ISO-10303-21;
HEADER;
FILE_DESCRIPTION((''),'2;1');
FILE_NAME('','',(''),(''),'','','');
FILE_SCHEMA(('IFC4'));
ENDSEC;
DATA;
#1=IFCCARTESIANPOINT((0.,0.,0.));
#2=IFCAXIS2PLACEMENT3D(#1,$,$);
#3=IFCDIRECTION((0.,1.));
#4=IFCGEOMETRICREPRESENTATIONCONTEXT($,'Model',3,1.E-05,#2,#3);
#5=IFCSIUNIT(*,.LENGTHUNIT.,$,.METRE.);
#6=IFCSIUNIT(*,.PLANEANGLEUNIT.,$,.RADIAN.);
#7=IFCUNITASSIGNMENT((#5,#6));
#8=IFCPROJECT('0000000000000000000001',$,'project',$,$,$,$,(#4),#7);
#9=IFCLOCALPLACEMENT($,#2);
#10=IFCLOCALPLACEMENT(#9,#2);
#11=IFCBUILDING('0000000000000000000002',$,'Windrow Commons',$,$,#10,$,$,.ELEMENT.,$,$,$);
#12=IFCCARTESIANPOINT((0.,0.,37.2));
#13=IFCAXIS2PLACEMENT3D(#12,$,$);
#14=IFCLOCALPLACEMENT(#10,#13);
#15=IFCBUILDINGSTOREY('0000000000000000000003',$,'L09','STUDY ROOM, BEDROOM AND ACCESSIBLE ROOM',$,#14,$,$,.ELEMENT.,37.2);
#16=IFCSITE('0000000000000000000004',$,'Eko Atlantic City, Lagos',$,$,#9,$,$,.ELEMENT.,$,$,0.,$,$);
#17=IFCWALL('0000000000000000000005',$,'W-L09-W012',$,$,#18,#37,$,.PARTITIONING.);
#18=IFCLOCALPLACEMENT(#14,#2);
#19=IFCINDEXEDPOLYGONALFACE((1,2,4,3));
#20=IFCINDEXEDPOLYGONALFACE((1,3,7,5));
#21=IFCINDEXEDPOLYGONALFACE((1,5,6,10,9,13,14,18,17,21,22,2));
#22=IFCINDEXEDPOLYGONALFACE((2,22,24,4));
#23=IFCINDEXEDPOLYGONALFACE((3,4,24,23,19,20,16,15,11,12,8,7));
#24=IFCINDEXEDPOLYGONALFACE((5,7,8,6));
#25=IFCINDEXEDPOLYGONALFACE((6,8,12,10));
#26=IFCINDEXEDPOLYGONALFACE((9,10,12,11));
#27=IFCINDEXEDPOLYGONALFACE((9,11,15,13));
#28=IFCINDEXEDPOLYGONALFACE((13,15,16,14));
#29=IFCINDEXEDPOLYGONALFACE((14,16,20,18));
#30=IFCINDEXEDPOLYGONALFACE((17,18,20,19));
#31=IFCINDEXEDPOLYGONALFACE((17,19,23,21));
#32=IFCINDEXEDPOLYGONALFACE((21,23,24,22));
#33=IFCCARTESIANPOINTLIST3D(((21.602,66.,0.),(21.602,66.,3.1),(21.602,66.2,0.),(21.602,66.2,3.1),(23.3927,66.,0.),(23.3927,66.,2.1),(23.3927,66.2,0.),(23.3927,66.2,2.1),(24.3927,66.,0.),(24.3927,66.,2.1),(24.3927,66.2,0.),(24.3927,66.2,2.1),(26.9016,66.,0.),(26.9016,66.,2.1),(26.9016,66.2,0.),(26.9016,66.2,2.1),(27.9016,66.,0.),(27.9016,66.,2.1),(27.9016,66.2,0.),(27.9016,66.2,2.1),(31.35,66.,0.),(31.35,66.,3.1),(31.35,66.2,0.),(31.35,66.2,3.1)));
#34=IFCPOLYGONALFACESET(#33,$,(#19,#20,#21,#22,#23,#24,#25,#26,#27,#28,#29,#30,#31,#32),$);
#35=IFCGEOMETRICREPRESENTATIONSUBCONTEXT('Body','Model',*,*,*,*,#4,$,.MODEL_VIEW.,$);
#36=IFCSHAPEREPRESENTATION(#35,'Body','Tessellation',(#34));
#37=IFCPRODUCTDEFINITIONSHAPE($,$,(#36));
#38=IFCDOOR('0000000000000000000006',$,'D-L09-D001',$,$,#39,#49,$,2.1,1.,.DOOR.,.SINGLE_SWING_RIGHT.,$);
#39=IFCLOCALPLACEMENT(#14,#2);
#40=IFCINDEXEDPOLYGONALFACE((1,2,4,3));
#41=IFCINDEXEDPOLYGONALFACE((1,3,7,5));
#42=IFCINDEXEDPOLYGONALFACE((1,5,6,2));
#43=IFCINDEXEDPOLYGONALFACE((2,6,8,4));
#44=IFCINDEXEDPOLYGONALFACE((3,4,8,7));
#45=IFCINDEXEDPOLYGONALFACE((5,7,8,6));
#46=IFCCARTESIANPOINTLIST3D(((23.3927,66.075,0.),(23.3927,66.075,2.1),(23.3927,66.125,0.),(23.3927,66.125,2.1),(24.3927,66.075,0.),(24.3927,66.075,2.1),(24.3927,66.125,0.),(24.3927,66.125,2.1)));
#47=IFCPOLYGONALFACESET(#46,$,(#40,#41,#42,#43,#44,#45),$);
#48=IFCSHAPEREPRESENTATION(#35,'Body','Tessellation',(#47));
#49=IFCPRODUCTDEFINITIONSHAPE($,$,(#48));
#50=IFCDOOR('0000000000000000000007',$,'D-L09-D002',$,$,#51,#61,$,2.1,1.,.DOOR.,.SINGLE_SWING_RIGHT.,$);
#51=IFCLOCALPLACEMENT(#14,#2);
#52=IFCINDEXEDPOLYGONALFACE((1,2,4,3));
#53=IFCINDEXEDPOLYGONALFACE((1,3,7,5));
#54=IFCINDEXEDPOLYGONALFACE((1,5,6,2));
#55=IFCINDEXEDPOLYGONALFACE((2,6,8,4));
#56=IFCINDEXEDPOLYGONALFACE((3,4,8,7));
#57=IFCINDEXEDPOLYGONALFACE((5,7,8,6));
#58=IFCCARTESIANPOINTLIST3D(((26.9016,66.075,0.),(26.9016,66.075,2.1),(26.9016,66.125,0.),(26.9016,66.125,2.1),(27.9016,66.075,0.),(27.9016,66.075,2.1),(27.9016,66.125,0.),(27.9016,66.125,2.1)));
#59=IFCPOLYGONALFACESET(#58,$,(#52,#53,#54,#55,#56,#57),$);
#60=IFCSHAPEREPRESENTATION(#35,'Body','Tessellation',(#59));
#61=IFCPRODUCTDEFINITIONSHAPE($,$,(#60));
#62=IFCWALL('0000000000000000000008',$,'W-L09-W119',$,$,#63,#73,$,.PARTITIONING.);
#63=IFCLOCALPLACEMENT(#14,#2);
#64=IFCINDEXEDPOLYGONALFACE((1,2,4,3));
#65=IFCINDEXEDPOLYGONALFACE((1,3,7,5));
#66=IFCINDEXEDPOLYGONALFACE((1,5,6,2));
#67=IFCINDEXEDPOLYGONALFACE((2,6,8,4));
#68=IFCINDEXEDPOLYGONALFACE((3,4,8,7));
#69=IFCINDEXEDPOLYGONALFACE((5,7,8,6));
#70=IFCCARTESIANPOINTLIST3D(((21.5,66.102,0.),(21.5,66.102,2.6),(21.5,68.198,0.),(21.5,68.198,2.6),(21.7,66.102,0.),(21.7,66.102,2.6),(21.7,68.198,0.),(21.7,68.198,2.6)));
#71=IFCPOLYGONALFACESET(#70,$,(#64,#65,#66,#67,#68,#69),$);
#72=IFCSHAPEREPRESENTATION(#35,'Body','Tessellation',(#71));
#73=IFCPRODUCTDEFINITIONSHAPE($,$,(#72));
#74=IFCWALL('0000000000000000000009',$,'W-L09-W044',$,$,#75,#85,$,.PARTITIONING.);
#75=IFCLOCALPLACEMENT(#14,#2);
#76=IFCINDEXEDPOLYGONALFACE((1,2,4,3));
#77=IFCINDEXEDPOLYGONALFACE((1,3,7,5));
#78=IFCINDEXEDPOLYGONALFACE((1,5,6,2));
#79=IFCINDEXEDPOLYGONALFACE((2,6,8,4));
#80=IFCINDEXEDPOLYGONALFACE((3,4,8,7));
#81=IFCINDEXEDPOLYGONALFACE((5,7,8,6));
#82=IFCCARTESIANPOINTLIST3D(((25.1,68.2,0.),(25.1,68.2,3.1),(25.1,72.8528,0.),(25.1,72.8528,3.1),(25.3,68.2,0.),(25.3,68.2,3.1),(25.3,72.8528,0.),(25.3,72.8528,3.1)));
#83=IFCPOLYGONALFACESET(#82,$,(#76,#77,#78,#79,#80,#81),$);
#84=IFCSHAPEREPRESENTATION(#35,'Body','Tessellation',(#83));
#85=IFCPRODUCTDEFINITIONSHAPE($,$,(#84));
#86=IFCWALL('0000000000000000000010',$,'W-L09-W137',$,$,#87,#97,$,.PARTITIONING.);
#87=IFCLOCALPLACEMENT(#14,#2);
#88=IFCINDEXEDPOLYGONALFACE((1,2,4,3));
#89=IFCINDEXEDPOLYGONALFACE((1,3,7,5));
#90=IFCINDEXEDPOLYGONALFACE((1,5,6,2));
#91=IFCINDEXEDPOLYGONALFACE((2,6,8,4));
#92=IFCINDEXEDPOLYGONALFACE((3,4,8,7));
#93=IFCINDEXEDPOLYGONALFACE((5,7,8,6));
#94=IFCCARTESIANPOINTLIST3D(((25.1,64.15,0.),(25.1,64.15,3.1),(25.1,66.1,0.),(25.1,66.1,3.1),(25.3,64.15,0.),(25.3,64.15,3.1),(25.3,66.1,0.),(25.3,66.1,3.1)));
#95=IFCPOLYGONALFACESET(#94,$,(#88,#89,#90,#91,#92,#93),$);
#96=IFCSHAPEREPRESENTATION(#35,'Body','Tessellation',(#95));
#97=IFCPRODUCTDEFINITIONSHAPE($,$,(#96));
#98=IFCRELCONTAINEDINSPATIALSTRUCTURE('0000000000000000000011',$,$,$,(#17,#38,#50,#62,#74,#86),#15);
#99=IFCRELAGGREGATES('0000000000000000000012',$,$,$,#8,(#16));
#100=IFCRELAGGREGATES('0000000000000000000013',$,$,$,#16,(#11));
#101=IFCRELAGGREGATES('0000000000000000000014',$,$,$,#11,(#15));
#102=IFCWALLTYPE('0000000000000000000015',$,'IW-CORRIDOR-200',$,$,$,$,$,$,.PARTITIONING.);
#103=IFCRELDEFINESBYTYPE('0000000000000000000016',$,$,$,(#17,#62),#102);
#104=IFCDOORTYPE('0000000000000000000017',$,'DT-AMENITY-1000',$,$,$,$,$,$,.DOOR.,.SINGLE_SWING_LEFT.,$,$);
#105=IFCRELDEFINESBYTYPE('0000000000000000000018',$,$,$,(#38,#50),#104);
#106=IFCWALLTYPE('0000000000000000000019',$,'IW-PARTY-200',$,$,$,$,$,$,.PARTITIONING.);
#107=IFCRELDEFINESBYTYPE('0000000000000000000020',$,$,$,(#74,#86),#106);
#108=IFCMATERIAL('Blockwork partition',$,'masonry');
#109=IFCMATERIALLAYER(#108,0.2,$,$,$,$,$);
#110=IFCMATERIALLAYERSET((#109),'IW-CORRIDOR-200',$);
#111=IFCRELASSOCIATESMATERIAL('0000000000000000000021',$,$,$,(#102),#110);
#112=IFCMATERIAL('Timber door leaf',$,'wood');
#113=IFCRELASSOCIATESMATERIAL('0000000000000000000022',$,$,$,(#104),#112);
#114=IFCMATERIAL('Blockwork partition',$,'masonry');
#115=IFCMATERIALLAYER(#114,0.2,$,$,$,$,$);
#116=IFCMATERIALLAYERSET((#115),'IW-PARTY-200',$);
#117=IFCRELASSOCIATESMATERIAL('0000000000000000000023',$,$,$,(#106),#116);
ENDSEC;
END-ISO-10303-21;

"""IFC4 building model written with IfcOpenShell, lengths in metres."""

from ifc_helpers import new_model, si_unit, direction, frame, frame_2d, origin, place, context, subcontext, project, spatial, rectangle, extrude, material, layer, layer_set, type_object, element, fill, save


model = new_model("IFC4")

# Units and contexts
model_context = context("Model", 3, precision=1e-05, world=origin(), true_north=direction((0.0, 1.0)))
body_context = subcontext(model_context, "Body", "Model", "MODEL_VIEW")
ifc_project = project(units=[si_unit("LENGTHUNIT", "METRE"), si_unit("PLANEANGLEUNIT", "RADIAN")], contexts=[model_context])

# Site, building, storey
site_placement = place(None, origin())
site = spatial("IfcSite", under=ifc_project, at=site_placement, Name="Eko Atlantic City, Lagos", CompositionType="ELEMENT", RefElevation=0.0)
building_placement = place(site_placement, origin())
building = spatial("IfcBuilding", under=site, at=building_placement, Name="Windrow Commons", CompositionType="ELEMENT")
storey_placement = place(building_placement, frame((0.0, 0.0, 37.2)))
storey = spatial("IfcBuildingStorey", under=building, at=storey_placement, Name="L09", Description="STUDY ROOM, BEDROOM AND ACCESSIBLE ROOM", CompositionType="ELEMENT", Elevation=37.2)

# Shared definitions
ifc_material_1 = material(Name="Blockwork partition", Category="masonry")
ifc_layer_1 = layer(ifc_material_1, 0.2)
ifc_layer_set_1 = layer_set([ifc_layer_1], Name="IW-CORRIDOR-200")
wall_type_1 = type_object("IfcWallType", Name="IW-CORRIDOR-200", PredefinedType="PARTITIONING", material=ifc_layer_set_1)

# Wall, openings, doors
wall_1_placement = place(storey_placement, frame((21.602, 66.1, 0.0), z_axis=(0.0, 0.0, 1.0), x_axis=(1.0, 0.0, 0.0)))
wall_1 = element("IfcWall", 1, at=wall_1_placement, inside=storey, type_object=wall_type_1, Name="W-L09-W012", PredefinedType="PARTITIONING", context=body_context, shape_type="SweptSolid", body=[
    extrude(rectangle(XDim=9.748, YDim=0.2, at=frame_2d((4.874, 0.0))), origin(), (0.0, 0.0, 1.0), 3.1),
])
opening_1_placement = place(wall_1_placement, frame((1.7907, 0.0, 0.0)))
opening_1 = element("IfcOpeningElement", 2, at=opening_1_placement, cuts=wall_1, PredefinedType="OPENING", context=body_context, shape_type="SweptSolid", body=[
    extrude(rectangle(XDim=1.0, YDim=2.1, at=frame_2d((0.5, 1.05))), frame((0.0, 0.11, 0.0), z_axis=(0.0, -1.0, 0.0), x_axis=(1.0, 0.0, 0.0)), (0.0, 0.0, 1.0), 0.22),
])
opening_2_placement = place(wall_1_placement, frame((5.2996, 0.0, 0.0)))
opening_2 = element("IfcOpeningElement", 3, at=opening_2_placement, cuts=wall_1, PredefinedType="OPENING", context=body_context, shape_type="SweptSolid", body=[
    extrude(rectangle(XDim=1.0, YDim=2.1, at=frame_2d((0.5, 1.05))), frame((0.0, 0.11, 0.0), z_axis=(0.0, -1.0, 0.0), x_axis=(1.0, 0.0, 0.0)), (0.0, 0.0, 1.0), 0.22),
])
ifc_material_2 = material(Name="Timber door leaf", Category="wood")
door_type_1 = type_object("IfcDoorType", Name="DT-AMENITY-1000", OperationType="SINGLE_SWING_LEFT", PredefinedType="DOOR", material=ifc_material_2)
door_1_placement = place(opening_1_placement, origin())
door_1 = element("IfcDoor", 4, at=door_1_placement, inside=storey, type_object=door_type_1, Name="D-L09-D001", OperationType="SINGLE_SWING_RIGHT", OverallHeight=2.1, OverallWidth=1.0, PredefinedType="DOOR", context=body_context, shape_type="SweptSolid", body=[
    extrude(rectangle(XDim=1.0, YDim=2.1, at=frame_2d((0.5, 1.05))), frame((0.0, 0.025, 0.0), z_axis=(0.0, -1.0, 0.0), x_axis=(1.0, 0.0, 0.0)), (0.0, 0.0, 1.0), 0.05),
])
fill(opening_1, door_1)
door_2_placement = place(opening_2_placement, origin())
door_2 = element("IfcDoor", 5, at=door_2_placement, inside=storey, type_object=door_type_1, Name="D-L09-D002", OperationType="SINGLE_SWING_RIGHT", OverallHeight=2.1, OverallWidth=1.0, PredefinedType="DOOR", context=body_context, shape_type="SweptSolid", body=[
    extrude(rectangle(XDim=1.0, YDim=2.1, at=frame_2d((0.5, 1.05))), frame((0.0, 0.025, 0.0), z_axis=(0.0, -1.0, 0.0), x_axis=(1.0, 0.0, 0.0)), (0.0, 0.0, 1.0), 0.05),
])
fill(opening_2, door_2)

# Walls
wall_2_placement = place(storey_placement, frame((21.6, 66.102, 0.0), z_axis=(0.0, 0.0, 1.0), x_axis=(0.0, 1.0, 0.0)))
element("IfcWall", 6, at=wall_2_placement, inside=storey, type_object=wall_type_1, Name="W-L09-W119", PredefinedType="PARTITIONING", context=body_context, shape_type="SweptSolid", body=[
    extrude(rectangle(XDim=2.096, YDim=0.2, at=frame_2d((1.048, 0.0))), origin(), (0.0, 0.0, 1.0), 2.6),
])
ifc_material_3 = material(Name="Blockwork partition", Category="masonry")
ifc_layer_2 = layer(ifc_material_3, 0.2)
ifc_layer_set_2 = layer_set([ifc_layer_2], Name="IW-PARTY-200")
wall_type_2 = type_object("IfcWallType", Name="IW-PARTY-200", PredefinedType="PARTITIONING", material=ifc_layer_set_2)
wall_3_placement = place(storey_placement, frame((25.2, 68.2, 0.0), z_axis=(0.0, 0.0, 1.0), x_axis=(0.0, 1.0, 0.0)))
element("IfcWall", 7, at=wall_3_placement, inside=storey, type_object=wall_type_2, Name="W-L09-W044", PredefinedType="PARTITIONING", context=body_context, shape_type="SweptSolid", body=[
    extrude(rectangle(XDim=4.6529, YDim=0.2, at=frame_2d((2.3264, 0.0))), origin(), (0.0, 0.0, 1.0), 3.1),
])
wall_4_placement = place(storey_placement, frame((25.2, 64.15, 0.0), z_axis=(0.0, 0.0, 1.0), x_axis=(0.0, 1.0, 0.0)))
element("IfcWall", 8, at=wall_4_placement, inside=storey, type_object=wall_type_2, Name="W-L09-W137", PredefinedType="PARTITIONING", context=body_context, shape_type="SweptSolid", body=[
    extrude(rectangle(XDim=1.95, YDim=0.2, at=frame_2d((0.975, 0.0))), origin(), (0.0, 0.0, 1.0), 3.1),
])

save(model, "model.ifc")
